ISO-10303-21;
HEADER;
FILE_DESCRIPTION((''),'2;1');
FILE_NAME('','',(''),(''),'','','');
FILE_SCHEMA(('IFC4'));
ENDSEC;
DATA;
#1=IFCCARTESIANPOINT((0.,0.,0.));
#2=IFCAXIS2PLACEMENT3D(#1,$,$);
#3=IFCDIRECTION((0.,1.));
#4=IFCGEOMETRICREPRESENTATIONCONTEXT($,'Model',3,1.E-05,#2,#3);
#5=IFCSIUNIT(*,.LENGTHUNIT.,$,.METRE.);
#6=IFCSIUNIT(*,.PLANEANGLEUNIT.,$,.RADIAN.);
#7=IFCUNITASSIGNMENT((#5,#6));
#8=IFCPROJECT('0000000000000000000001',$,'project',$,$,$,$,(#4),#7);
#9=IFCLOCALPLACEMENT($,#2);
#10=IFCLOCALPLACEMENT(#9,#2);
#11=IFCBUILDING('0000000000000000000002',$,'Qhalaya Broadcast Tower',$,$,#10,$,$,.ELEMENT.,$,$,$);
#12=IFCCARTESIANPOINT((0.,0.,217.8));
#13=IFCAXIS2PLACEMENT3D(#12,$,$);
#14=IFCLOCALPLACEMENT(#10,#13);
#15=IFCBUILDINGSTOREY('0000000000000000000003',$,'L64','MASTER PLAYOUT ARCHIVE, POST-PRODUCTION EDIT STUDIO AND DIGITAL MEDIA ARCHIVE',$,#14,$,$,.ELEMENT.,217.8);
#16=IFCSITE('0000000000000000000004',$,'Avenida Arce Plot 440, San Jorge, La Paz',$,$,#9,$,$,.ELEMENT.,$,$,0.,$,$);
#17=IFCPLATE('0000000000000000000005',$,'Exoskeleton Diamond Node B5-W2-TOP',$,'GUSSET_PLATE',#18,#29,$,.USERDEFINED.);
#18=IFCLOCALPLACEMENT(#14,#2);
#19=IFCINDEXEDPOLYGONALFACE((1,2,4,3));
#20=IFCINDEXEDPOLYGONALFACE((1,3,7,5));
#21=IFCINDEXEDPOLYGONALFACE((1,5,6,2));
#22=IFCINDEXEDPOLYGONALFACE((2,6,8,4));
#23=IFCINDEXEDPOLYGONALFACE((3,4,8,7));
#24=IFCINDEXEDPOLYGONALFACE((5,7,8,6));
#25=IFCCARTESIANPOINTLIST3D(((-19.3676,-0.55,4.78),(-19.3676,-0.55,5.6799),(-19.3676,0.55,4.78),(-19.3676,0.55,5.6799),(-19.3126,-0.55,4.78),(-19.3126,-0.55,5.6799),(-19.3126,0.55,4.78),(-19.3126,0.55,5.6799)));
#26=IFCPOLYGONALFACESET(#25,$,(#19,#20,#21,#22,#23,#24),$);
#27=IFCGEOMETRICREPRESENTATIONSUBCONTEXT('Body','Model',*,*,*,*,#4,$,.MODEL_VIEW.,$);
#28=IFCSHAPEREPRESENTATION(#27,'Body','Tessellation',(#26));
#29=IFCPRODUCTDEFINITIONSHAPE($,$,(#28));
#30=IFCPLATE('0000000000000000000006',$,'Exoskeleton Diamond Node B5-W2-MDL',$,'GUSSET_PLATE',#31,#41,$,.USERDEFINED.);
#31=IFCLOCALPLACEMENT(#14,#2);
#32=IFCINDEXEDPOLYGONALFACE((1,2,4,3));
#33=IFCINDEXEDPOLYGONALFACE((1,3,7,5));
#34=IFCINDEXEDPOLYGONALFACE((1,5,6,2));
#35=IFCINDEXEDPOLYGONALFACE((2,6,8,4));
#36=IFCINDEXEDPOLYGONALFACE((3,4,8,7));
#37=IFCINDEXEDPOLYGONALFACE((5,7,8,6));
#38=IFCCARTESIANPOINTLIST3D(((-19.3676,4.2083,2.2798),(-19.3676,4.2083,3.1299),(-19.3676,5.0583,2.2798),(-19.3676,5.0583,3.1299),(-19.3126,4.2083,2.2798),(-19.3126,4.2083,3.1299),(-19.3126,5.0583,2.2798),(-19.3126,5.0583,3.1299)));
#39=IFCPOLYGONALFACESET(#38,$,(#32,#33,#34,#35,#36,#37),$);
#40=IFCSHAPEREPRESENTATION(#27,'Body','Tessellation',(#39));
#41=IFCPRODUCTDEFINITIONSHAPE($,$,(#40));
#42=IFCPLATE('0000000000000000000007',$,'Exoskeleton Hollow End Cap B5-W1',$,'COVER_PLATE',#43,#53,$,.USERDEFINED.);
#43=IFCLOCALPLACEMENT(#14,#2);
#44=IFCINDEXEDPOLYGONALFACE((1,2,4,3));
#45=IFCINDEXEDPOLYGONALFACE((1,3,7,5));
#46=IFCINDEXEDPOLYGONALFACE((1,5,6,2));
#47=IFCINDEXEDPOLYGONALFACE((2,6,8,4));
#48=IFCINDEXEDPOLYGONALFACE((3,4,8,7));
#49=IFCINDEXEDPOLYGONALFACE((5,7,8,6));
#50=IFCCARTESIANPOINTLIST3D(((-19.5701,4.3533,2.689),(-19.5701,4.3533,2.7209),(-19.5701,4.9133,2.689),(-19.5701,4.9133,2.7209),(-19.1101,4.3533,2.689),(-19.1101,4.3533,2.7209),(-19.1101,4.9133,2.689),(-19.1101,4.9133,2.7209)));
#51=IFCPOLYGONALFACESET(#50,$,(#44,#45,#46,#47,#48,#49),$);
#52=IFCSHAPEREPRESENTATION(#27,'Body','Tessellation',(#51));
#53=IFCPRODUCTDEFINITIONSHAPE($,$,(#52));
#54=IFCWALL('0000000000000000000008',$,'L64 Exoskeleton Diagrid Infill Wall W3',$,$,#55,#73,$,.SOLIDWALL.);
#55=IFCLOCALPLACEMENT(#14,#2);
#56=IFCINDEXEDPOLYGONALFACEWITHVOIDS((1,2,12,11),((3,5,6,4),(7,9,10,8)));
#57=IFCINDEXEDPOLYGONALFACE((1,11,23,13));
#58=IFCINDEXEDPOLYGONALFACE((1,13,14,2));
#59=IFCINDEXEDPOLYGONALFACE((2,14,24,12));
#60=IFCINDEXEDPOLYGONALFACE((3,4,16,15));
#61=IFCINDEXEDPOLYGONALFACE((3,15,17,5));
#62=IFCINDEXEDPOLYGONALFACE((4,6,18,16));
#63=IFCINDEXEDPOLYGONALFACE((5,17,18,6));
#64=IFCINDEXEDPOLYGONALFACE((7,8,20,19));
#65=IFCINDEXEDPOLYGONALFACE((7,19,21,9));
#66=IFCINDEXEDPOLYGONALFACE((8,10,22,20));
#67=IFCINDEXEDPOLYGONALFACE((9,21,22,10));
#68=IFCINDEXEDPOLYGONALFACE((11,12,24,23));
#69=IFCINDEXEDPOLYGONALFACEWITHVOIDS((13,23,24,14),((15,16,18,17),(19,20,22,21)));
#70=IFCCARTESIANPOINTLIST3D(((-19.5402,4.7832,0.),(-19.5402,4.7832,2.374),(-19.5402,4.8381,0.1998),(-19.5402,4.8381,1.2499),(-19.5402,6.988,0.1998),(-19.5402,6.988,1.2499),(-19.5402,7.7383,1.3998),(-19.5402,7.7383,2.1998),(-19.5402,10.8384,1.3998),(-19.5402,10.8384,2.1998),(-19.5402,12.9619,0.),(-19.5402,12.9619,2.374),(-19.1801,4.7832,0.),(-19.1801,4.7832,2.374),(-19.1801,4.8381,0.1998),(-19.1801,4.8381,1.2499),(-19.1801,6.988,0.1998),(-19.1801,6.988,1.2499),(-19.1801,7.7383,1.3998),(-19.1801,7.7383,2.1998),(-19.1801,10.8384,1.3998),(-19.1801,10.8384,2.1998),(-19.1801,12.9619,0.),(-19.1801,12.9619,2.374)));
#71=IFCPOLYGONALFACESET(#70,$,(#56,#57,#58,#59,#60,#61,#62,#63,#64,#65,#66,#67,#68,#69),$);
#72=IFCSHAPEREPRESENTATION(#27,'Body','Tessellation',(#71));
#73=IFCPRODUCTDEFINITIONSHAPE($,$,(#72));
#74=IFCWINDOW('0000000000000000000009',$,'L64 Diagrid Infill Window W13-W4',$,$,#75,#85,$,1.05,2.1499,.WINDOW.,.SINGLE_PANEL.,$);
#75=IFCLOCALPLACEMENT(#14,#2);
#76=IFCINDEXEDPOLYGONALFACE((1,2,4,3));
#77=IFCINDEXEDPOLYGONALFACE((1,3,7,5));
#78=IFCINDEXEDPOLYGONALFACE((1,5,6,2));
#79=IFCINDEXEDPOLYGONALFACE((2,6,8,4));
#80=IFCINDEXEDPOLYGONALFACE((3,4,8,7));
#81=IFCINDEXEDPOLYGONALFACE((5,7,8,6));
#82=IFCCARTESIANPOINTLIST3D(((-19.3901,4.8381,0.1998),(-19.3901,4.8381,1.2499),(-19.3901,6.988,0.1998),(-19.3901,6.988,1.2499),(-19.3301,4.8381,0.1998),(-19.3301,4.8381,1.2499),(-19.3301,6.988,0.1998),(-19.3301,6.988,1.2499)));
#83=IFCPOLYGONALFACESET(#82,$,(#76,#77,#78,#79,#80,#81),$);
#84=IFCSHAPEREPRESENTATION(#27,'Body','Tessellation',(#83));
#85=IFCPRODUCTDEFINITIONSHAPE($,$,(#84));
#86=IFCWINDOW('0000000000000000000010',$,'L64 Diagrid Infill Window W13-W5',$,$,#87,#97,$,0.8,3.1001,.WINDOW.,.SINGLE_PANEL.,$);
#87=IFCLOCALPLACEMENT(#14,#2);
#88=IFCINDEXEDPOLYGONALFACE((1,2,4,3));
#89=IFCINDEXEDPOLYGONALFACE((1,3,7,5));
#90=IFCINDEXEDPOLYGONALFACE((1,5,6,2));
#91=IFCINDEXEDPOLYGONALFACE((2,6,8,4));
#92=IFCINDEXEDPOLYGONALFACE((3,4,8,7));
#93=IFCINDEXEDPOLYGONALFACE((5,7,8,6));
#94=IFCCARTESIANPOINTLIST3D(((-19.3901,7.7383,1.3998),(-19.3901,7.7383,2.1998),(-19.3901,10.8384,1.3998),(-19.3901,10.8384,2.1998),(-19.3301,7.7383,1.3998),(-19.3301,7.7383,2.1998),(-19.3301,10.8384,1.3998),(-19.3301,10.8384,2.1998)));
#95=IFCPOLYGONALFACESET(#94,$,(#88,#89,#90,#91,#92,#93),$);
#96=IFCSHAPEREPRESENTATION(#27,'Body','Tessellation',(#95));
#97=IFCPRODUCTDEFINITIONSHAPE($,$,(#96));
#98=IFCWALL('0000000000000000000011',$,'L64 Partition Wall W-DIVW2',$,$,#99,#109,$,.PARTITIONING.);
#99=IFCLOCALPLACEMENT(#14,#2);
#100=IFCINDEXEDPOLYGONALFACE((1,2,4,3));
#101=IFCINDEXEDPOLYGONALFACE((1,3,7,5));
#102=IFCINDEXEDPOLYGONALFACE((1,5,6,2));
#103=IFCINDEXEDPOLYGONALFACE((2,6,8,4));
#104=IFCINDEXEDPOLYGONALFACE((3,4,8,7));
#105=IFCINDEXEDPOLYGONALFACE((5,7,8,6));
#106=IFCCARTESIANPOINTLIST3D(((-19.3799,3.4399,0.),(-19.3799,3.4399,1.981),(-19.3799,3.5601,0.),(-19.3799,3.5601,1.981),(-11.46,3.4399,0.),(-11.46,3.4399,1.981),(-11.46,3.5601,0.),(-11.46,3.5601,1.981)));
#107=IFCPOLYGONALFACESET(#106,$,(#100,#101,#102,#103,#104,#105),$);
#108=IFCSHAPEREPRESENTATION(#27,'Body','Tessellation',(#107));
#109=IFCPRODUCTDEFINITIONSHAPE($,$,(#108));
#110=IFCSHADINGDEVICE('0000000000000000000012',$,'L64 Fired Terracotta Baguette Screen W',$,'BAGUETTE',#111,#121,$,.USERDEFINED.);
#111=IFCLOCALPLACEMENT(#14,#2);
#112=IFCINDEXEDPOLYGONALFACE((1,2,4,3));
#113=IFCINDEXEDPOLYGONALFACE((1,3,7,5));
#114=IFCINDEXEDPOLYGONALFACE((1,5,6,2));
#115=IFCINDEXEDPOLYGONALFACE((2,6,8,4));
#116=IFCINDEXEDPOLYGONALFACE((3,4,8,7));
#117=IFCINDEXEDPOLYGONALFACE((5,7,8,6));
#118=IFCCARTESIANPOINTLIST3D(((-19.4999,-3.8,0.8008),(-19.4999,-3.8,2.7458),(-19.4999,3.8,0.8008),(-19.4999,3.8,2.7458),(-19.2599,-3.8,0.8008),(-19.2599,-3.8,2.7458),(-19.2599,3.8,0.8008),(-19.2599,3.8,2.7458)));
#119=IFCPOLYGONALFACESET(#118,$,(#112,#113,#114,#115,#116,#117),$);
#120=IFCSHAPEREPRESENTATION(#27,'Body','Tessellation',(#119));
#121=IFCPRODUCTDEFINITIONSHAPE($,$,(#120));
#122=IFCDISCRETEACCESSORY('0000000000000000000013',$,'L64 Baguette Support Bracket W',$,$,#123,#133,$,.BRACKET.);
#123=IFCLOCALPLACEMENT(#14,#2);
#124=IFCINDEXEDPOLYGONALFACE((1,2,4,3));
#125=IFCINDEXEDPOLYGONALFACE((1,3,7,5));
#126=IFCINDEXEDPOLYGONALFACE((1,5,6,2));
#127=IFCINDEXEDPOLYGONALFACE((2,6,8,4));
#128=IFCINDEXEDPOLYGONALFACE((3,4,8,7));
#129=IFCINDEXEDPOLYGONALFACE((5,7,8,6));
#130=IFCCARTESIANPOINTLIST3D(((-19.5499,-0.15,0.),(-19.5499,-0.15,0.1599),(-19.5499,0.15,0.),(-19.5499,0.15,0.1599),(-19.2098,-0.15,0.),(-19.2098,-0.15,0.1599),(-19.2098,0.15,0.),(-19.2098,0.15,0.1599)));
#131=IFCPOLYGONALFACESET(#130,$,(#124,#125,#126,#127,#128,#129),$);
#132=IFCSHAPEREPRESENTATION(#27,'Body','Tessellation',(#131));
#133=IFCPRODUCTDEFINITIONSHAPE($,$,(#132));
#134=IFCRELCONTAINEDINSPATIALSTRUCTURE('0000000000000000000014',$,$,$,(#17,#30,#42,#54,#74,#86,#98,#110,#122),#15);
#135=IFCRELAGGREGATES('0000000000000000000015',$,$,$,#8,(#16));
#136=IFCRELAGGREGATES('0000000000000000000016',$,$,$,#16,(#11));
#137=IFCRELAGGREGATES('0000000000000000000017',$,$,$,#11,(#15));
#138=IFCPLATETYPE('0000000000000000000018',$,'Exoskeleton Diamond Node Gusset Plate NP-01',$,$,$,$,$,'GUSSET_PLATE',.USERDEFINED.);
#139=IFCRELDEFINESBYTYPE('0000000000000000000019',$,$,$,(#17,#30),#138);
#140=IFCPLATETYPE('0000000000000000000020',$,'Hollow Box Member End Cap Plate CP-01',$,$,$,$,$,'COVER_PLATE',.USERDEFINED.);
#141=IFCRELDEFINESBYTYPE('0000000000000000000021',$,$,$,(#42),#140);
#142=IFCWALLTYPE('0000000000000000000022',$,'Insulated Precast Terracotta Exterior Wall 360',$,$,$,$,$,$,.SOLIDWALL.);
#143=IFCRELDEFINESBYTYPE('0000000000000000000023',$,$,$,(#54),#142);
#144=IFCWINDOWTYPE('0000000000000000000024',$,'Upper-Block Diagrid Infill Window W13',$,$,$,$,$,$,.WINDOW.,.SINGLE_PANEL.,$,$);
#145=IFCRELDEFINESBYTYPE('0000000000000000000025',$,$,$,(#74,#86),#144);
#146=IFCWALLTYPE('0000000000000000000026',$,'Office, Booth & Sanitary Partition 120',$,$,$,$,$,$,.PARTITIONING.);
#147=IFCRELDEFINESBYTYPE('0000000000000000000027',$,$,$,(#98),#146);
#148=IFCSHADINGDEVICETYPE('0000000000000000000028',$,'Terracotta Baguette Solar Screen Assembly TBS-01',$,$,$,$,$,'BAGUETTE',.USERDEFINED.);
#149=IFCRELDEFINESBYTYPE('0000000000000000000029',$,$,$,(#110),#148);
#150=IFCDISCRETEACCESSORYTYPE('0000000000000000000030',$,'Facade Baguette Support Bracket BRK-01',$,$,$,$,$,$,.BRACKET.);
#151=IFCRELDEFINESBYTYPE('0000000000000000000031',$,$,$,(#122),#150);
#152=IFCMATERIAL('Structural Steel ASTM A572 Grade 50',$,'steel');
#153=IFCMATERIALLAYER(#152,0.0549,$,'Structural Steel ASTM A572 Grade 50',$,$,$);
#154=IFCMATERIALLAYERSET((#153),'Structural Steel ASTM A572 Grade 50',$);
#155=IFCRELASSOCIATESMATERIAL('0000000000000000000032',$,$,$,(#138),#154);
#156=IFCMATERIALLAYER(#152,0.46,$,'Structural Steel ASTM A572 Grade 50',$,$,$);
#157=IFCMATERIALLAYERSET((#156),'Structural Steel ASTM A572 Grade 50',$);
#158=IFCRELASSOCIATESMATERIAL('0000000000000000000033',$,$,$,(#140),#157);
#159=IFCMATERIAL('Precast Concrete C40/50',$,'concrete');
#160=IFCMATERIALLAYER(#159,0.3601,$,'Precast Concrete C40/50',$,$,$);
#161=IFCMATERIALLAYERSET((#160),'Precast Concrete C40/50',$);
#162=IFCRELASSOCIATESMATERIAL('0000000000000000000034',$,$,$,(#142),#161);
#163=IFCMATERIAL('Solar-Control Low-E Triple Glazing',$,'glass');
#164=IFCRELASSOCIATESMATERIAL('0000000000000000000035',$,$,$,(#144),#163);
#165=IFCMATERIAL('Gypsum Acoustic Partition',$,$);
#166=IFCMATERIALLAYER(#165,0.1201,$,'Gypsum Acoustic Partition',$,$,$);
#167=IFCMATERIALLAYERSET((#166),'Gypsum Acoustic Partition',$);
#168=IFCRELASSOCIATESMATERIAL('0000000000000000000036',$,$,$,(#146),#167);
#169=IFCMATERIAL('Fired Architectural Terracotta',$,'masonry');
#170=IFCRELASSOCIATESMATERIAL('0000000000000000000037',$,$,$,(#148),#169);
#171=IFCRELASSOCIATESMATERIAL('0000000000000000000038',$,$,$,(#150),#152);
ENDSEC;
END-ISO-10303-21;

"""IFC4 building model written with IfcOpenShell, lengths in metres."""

from ifc_helpers import new_model, si_unit, direction, frame, frame_2d, origin, origin_2d, place, context, subcontext, project, spatial, rectangle, extrude, material, layer, layer_set, type_object, element, fill, save


model = new_model("IFC4")

# Units and contexts
model_context = context("Model", 3, precision=1e-05, world=origin(), true_north=direction((0.0, 1.0)))
body_context = subcontext(model_context, "Body", "Model", "MODEL_VIEW")
ifc_project = project(units=[si_unit("LENGTHUNIT", "METRE"), si_unit("PLANEANGLEUNIT", "RADIAN")], contexts=[model_context])

# Site, building, storey
site_placement = place(None, origin())
site = spatial("IfcSite", under=ifc_project, at=site_placement, Name="Avenida Arce Plot 440, San Jorge, La Paz", CompositionType="ELEMENT", RefElevation=0.0)
building_placement = place(site_placement, origin())
building = spatial("IfcBuilding", under=site, at=building_placement, Name="Qhalaya Broadcast Tower", CompositionType="ELEMENT")
storey_placement = place(building_placement, frame((0.0, 0.0, 217.8)))
storey = spatial("IfcBuildingStorey", under=building, at=storey_placement, Name="L64", Description="MASTER PLAYOUT ARCHIVE, POST-PRODUCTION EDIT STUDIO AND DIGITAL MEDIA ARCHIVE", CompositionType="ELEMENT", Elevation=217.8)

# Shared definitions
ifc_material_1 = material(Name="Structural Steel ASTM A572 Grade 50", Category="steel")

# Plates
ifc_layer_1 = layer(ifc_material_1, 0.0549, Name="Structural Steel ASTM A572 Grade 50")
ifc_layer_set_1 = layer_set([ifc_layer_1], Name="Structural Steel ASTM A572 Grade 50")
plate_type_1 = type_object("IfcPlateType", Name="Exoskeleton Diamond Node Gusset Plate NP-01", ElementType="GUSSET_PLATE", PredefinedType="USERDEFINED", material=ifc_layer_set_1)
for number, where, z_axis, x_axis, name in (
    (1, (-19.3401, 0.0, 4.78), (0.0, 0.0, 1.0), (0.0, 1.0, 0.0), "Exoskeleton Diamond Node B5-W2-TOP"),
):
    element("IfcPlate", number, at=place(storey_placement, frame(where, z_axis=z_axis, x_axis=x_axis)), inside=storey, type_object=plate_type_1, Name=name, ObjectType="GUSSET_PLATE", PredefinedType="USERDEFINED", context=body_context, shape_type="SweptSolid", body=[
        extrude(rectangle(XDim=1.1001, YDim=0.0549, at=origin_2d()), origin(), (0.0, 0.0, 1.0), 0.8999),
    ])
plate_1_placement = place(storey_placement, frame((-19.3401, 4.6333, 2.2798), z_axis=(0.0, 0.0, 1.0), x_axis=(0.0, 1.0, 0.0)))
element("IfcPlate", 2, at=plate_1_placement, inside=storey, type_object=plate_type_1, Name="Exoskeleton Diamond Node B5-W2-MDL", ObjectType="GUSSET_PLATE", PredefinedType="USERDEFINED", context=body_context, shape_type="SweptSolid", body=[
    extrude(rectangle(XDim=0.8501, YDim=0.0549, at=origin_2d()), origin(), (0.0, 0.0, 1.0), 0.8501),
])
ifc_layer_2 = layer(ifc_material_1, 0.46, Name="Structural Steel ASTM A572 Grade 50")
ifc_layer_set_2 = layer_set([ifc_layer_2], Name="Structural Steel ASTM A572 Grade 50")
plate_type_2 = type_object("IfcPlateType", Name="Hollow Box Member End Cap Plate CP-01", ElementType="COVER_PLATE", PredefinedType="USERDEFINED", material=ifc_layer_set_2)
plate_2_placement = place(storey_placement, frame((-19.3401, 4.6333, 2.689), z_axis=(0.0, 0.0, 1.0), x_axis=(0.0, 1.0, 0.0)))
element("IfcPlate", 3, at=plate_2_placement, inside=storey, type_object=plate_type_2, Name="Exoskeleton Hollow End Cap B5-W1", ObjectType="COVER_PLATE", PredefinedType="USERDEFINED", context=body_context, shape_type="SweptSolid", body=[
    extrude(rectangle(XDim=0.5601, YDim=0.46, at=origin_2d()), origin(), (0.0, 0.0, 1.0), 0.032),
])

# Wall, openings, windows
ifc_material_2 = material(Name="Precast Concrete C40/50", Category="concrete")
ifc_layer_3 = layer(ifc_material_2, 0.3601, Name="Precast Concrete C40/50")
ifc_layer_set_3 = layer_set([ifc_layer_3], Name="Precast Concrete C40/50")
wall_type_1 = type_object("IfcWallType", Name="Insulated Precast Terracotta Exterior Wall 360", PredefinedType="SOLIDWALL", material=ifc_layer_set_3)
wall_1_placement = place(storey_placement, frame((-19.3601, 4.7832, 0.0), z_axis=(0.0, 0.0, 1.0), x_axis=(0.0, 1.0, 0.0)))
wall_1 = element("IfcWall", 4, at=wall_1_placement, inside=storey, type_object=wall_type_1, Name="L64 Exoskeleton Diagrid Infill Wall W3", PredefinedType="SOLIDWALL", context=body_context, shape_type="SweptSolid", body=[
    extrude(rectangle(XDim=8.1787, YDim=0.3601, at=frame_2d((4.0894, 0.0))), origin(), (0.0, 0.0, 1.0), 2.374),
])
opening_1_placement = place(wall_1_placement, frame((0.0549, 0.0, 0.2)))
opening_1 = element("IfcOpeningElement", 5, at=opening_1_placement, cuts=wall_1, PredefinedType="OPENING", context=body_context, shape_type="SweptSolid", body=[
    extrude(rectangle(XDim=2.1499, YDim=1.05, at=frame_2d((1.075, 0.5249))), frame((0.0, 0.1921, 0.0), z_axis=(0.0, -1.0, 0.0), x_axis=(1.0, 0.0, 0.0)), (0.0, 0.0, 1.0), 0.384),
])
opening_2_placement = place(wall_1_placement, frame((2.9551, 0.0, 1.3999)))
opening_2 = element("IfcOpeningElement", 6, at=opening_2_placement, cuts=wall_1, PredefinedType="OPENING", context=body_context, shape_type="SweptSolid", body=[
    extrude(rectangle(XDim=3.1001, YDim=0.8, at=frame_2d((1.55, 0.3999))), frame((0.0, 0.1921, 0.0), z_axis=(0.0, -1.0, 0.0), x_axis=(1.0, 0.0, 0.0)), (0.0, 0.0, 1.0), 0.384),
])
ifc_material_3 = material(Name="Solar-Control Low-E Triple Glazing", Category="glass")
window_type = type_object("IfcWindowType", Name="Upper-Block Diagrid Infill Window W13", PartitioningType="SINGLE_PANEL", PredefinedType="WINDOW", material=ifc_material_3)
window_1_placement = place(opening_1_placement, origin())
window_1 = element("IfcWindow", 7, at=window_1_placement, inside=storey, type_object=window_type, Name="L64 Diagrid Infill Window W13-W4", OverallHeight=1.05, OverallWidth=2.1499, PartitioningType="SINGLE_PANEL", PredefinedType="WINDOW", context=body_context, shape_type="SweptSolid", body=[
    extrude(rectangle(XDim=2.1499, YDim=1.05, at=frame_2d((1.075, 0.5249))), frame((0.0, 0.03, 0.0), z_axis=(0.0, -1.0, 0.0), x_axis=(1.0, 0.0, 0.0)), (0.0, 0.0, 1.0), 0.0601),
])
fill(opening_1, window_1)
window_2_placement = place(opening_2_placement, origin())
window_2 = element("IfcWindow", 8, at=window_2_placement, inside=storey, type_object=window_type, Name="L64 Diagrid Infill Window W13-W5", OverallHeight=0.8, OverallWidth=3.1001, PartitioningType="SINGLE_PANEL", PredefinedType="WINDOW", context=body_context, shape_type="SweptSolid", body=[
    extrude(rectangle(XDim=3.1001, YDim=0.8, at=frame_2d((1.55, 0.3999))), frame((0.0, 0.03, 0.0), z_axis=(0.0, -1.0, 0.0), x_axis=(1.0, 0.0, 0.0)), (0.0, 0.0, 1.0), 0.0601),
])
fill(opening_2, window_2)

# Wall
ifc_material_4 = material(Name="Gypsum Acoustic Partition")
ifc_layer_4 = layer(ifc_material_4, 0.1201, Name="Gypsum Acoustic Partition")
ifc_layer_set_4 = layer_set([ifc_layer_4], Name="Gypsum Acoustic Partition")
wall_type_2 = type_object("IfcWallType", Name="Office, Booth & Sanitary Partition 120", PredefinedType="PARTITIONING", material=ifc_layer_set_4)
wall_2_placement = place(storey_placement, frame((-19.3799, 3.5, 0.0), z_axis=(0.0, 0.0, 1.0), x_axis=(1.0, 0.0, 0.0)))
element("IfcWall", 9, at=wall_2_placement, inside=storey, type_object=wall_type_2, Name="L64 Partition Wall W-DIVW2", PredefinedType="PARTITIONING", context=body_context, shape_type="SweptSolid", body=[
    extrude(rectangle(XDim=7.9199, YDim=0.1201, at=frame_2d((3.96, 0.0))), origin(), (0.0, 0.0, 1.0), 1.981),
])

# Shading device
ifc_material_5 = material(Name="Fired Architectural Terracotta", Category="masonry")
shading_device_type = type_object("IfcShadingDeviceType", Name="Terracotta Baguette Solar Screen Assembly TBS-01", ElementType="BAGUETTE", PredefinedType="USERDEFINED", material=ifc_material_5)
shading_device_placement = place(storey_placement, frame((-19.3799, 0.0, 0.8008), z_axis=(0.0, 0.0, 1.0), x_axis=(0.0, -1.0, 0.0)))
element("IfcShadingDevice", 10, at=shading_device_placement, inside=storey, type_object=shading_device_type, Name="L64 Fired Terracotta Baguette Screen W", ObjectType="BAGUETTE", PredefinedType="USERDEFINED", context=body_context, shape_type="SweptSolid", body=[
    extrude(rectangle(XDim=7.6001, YDim=0.24, at=origin_2d()), origin(), (0.0, 0.0, 1.0), 1.9451),
])

# Discrete accessory
discrete_accessory_type = type_object("IfcDiscreteAccessoryType", Name="Facade Baguette Support Bracket BRK-01", PredefinedType="BRACKET", material=ifc_material_1)
discrete_accessory_placement = place(storey_placement, frame((-19.3799, 0.0, 0.0), z_axis=(0.0, 0.0, 1.0), x_axis=(0.0, -1.0, 0.0)))
element("IfcDiscreteAccessory", 11, at=discrete_accessory_placement, inside=storey, type_object=discrete_accessory_type, Name="L64 Baguette Support Bracket W", PredefinedType="BRACKET", context=body_context, shape_type="SweptSolid", body=[
    extrude(rectangle(XDim=0.3, YDim=0.3401, at=origin_2d()), origin(), (0.0, 0.0, 1.0), 0.1599),
])

save(model, "model.ifc")
